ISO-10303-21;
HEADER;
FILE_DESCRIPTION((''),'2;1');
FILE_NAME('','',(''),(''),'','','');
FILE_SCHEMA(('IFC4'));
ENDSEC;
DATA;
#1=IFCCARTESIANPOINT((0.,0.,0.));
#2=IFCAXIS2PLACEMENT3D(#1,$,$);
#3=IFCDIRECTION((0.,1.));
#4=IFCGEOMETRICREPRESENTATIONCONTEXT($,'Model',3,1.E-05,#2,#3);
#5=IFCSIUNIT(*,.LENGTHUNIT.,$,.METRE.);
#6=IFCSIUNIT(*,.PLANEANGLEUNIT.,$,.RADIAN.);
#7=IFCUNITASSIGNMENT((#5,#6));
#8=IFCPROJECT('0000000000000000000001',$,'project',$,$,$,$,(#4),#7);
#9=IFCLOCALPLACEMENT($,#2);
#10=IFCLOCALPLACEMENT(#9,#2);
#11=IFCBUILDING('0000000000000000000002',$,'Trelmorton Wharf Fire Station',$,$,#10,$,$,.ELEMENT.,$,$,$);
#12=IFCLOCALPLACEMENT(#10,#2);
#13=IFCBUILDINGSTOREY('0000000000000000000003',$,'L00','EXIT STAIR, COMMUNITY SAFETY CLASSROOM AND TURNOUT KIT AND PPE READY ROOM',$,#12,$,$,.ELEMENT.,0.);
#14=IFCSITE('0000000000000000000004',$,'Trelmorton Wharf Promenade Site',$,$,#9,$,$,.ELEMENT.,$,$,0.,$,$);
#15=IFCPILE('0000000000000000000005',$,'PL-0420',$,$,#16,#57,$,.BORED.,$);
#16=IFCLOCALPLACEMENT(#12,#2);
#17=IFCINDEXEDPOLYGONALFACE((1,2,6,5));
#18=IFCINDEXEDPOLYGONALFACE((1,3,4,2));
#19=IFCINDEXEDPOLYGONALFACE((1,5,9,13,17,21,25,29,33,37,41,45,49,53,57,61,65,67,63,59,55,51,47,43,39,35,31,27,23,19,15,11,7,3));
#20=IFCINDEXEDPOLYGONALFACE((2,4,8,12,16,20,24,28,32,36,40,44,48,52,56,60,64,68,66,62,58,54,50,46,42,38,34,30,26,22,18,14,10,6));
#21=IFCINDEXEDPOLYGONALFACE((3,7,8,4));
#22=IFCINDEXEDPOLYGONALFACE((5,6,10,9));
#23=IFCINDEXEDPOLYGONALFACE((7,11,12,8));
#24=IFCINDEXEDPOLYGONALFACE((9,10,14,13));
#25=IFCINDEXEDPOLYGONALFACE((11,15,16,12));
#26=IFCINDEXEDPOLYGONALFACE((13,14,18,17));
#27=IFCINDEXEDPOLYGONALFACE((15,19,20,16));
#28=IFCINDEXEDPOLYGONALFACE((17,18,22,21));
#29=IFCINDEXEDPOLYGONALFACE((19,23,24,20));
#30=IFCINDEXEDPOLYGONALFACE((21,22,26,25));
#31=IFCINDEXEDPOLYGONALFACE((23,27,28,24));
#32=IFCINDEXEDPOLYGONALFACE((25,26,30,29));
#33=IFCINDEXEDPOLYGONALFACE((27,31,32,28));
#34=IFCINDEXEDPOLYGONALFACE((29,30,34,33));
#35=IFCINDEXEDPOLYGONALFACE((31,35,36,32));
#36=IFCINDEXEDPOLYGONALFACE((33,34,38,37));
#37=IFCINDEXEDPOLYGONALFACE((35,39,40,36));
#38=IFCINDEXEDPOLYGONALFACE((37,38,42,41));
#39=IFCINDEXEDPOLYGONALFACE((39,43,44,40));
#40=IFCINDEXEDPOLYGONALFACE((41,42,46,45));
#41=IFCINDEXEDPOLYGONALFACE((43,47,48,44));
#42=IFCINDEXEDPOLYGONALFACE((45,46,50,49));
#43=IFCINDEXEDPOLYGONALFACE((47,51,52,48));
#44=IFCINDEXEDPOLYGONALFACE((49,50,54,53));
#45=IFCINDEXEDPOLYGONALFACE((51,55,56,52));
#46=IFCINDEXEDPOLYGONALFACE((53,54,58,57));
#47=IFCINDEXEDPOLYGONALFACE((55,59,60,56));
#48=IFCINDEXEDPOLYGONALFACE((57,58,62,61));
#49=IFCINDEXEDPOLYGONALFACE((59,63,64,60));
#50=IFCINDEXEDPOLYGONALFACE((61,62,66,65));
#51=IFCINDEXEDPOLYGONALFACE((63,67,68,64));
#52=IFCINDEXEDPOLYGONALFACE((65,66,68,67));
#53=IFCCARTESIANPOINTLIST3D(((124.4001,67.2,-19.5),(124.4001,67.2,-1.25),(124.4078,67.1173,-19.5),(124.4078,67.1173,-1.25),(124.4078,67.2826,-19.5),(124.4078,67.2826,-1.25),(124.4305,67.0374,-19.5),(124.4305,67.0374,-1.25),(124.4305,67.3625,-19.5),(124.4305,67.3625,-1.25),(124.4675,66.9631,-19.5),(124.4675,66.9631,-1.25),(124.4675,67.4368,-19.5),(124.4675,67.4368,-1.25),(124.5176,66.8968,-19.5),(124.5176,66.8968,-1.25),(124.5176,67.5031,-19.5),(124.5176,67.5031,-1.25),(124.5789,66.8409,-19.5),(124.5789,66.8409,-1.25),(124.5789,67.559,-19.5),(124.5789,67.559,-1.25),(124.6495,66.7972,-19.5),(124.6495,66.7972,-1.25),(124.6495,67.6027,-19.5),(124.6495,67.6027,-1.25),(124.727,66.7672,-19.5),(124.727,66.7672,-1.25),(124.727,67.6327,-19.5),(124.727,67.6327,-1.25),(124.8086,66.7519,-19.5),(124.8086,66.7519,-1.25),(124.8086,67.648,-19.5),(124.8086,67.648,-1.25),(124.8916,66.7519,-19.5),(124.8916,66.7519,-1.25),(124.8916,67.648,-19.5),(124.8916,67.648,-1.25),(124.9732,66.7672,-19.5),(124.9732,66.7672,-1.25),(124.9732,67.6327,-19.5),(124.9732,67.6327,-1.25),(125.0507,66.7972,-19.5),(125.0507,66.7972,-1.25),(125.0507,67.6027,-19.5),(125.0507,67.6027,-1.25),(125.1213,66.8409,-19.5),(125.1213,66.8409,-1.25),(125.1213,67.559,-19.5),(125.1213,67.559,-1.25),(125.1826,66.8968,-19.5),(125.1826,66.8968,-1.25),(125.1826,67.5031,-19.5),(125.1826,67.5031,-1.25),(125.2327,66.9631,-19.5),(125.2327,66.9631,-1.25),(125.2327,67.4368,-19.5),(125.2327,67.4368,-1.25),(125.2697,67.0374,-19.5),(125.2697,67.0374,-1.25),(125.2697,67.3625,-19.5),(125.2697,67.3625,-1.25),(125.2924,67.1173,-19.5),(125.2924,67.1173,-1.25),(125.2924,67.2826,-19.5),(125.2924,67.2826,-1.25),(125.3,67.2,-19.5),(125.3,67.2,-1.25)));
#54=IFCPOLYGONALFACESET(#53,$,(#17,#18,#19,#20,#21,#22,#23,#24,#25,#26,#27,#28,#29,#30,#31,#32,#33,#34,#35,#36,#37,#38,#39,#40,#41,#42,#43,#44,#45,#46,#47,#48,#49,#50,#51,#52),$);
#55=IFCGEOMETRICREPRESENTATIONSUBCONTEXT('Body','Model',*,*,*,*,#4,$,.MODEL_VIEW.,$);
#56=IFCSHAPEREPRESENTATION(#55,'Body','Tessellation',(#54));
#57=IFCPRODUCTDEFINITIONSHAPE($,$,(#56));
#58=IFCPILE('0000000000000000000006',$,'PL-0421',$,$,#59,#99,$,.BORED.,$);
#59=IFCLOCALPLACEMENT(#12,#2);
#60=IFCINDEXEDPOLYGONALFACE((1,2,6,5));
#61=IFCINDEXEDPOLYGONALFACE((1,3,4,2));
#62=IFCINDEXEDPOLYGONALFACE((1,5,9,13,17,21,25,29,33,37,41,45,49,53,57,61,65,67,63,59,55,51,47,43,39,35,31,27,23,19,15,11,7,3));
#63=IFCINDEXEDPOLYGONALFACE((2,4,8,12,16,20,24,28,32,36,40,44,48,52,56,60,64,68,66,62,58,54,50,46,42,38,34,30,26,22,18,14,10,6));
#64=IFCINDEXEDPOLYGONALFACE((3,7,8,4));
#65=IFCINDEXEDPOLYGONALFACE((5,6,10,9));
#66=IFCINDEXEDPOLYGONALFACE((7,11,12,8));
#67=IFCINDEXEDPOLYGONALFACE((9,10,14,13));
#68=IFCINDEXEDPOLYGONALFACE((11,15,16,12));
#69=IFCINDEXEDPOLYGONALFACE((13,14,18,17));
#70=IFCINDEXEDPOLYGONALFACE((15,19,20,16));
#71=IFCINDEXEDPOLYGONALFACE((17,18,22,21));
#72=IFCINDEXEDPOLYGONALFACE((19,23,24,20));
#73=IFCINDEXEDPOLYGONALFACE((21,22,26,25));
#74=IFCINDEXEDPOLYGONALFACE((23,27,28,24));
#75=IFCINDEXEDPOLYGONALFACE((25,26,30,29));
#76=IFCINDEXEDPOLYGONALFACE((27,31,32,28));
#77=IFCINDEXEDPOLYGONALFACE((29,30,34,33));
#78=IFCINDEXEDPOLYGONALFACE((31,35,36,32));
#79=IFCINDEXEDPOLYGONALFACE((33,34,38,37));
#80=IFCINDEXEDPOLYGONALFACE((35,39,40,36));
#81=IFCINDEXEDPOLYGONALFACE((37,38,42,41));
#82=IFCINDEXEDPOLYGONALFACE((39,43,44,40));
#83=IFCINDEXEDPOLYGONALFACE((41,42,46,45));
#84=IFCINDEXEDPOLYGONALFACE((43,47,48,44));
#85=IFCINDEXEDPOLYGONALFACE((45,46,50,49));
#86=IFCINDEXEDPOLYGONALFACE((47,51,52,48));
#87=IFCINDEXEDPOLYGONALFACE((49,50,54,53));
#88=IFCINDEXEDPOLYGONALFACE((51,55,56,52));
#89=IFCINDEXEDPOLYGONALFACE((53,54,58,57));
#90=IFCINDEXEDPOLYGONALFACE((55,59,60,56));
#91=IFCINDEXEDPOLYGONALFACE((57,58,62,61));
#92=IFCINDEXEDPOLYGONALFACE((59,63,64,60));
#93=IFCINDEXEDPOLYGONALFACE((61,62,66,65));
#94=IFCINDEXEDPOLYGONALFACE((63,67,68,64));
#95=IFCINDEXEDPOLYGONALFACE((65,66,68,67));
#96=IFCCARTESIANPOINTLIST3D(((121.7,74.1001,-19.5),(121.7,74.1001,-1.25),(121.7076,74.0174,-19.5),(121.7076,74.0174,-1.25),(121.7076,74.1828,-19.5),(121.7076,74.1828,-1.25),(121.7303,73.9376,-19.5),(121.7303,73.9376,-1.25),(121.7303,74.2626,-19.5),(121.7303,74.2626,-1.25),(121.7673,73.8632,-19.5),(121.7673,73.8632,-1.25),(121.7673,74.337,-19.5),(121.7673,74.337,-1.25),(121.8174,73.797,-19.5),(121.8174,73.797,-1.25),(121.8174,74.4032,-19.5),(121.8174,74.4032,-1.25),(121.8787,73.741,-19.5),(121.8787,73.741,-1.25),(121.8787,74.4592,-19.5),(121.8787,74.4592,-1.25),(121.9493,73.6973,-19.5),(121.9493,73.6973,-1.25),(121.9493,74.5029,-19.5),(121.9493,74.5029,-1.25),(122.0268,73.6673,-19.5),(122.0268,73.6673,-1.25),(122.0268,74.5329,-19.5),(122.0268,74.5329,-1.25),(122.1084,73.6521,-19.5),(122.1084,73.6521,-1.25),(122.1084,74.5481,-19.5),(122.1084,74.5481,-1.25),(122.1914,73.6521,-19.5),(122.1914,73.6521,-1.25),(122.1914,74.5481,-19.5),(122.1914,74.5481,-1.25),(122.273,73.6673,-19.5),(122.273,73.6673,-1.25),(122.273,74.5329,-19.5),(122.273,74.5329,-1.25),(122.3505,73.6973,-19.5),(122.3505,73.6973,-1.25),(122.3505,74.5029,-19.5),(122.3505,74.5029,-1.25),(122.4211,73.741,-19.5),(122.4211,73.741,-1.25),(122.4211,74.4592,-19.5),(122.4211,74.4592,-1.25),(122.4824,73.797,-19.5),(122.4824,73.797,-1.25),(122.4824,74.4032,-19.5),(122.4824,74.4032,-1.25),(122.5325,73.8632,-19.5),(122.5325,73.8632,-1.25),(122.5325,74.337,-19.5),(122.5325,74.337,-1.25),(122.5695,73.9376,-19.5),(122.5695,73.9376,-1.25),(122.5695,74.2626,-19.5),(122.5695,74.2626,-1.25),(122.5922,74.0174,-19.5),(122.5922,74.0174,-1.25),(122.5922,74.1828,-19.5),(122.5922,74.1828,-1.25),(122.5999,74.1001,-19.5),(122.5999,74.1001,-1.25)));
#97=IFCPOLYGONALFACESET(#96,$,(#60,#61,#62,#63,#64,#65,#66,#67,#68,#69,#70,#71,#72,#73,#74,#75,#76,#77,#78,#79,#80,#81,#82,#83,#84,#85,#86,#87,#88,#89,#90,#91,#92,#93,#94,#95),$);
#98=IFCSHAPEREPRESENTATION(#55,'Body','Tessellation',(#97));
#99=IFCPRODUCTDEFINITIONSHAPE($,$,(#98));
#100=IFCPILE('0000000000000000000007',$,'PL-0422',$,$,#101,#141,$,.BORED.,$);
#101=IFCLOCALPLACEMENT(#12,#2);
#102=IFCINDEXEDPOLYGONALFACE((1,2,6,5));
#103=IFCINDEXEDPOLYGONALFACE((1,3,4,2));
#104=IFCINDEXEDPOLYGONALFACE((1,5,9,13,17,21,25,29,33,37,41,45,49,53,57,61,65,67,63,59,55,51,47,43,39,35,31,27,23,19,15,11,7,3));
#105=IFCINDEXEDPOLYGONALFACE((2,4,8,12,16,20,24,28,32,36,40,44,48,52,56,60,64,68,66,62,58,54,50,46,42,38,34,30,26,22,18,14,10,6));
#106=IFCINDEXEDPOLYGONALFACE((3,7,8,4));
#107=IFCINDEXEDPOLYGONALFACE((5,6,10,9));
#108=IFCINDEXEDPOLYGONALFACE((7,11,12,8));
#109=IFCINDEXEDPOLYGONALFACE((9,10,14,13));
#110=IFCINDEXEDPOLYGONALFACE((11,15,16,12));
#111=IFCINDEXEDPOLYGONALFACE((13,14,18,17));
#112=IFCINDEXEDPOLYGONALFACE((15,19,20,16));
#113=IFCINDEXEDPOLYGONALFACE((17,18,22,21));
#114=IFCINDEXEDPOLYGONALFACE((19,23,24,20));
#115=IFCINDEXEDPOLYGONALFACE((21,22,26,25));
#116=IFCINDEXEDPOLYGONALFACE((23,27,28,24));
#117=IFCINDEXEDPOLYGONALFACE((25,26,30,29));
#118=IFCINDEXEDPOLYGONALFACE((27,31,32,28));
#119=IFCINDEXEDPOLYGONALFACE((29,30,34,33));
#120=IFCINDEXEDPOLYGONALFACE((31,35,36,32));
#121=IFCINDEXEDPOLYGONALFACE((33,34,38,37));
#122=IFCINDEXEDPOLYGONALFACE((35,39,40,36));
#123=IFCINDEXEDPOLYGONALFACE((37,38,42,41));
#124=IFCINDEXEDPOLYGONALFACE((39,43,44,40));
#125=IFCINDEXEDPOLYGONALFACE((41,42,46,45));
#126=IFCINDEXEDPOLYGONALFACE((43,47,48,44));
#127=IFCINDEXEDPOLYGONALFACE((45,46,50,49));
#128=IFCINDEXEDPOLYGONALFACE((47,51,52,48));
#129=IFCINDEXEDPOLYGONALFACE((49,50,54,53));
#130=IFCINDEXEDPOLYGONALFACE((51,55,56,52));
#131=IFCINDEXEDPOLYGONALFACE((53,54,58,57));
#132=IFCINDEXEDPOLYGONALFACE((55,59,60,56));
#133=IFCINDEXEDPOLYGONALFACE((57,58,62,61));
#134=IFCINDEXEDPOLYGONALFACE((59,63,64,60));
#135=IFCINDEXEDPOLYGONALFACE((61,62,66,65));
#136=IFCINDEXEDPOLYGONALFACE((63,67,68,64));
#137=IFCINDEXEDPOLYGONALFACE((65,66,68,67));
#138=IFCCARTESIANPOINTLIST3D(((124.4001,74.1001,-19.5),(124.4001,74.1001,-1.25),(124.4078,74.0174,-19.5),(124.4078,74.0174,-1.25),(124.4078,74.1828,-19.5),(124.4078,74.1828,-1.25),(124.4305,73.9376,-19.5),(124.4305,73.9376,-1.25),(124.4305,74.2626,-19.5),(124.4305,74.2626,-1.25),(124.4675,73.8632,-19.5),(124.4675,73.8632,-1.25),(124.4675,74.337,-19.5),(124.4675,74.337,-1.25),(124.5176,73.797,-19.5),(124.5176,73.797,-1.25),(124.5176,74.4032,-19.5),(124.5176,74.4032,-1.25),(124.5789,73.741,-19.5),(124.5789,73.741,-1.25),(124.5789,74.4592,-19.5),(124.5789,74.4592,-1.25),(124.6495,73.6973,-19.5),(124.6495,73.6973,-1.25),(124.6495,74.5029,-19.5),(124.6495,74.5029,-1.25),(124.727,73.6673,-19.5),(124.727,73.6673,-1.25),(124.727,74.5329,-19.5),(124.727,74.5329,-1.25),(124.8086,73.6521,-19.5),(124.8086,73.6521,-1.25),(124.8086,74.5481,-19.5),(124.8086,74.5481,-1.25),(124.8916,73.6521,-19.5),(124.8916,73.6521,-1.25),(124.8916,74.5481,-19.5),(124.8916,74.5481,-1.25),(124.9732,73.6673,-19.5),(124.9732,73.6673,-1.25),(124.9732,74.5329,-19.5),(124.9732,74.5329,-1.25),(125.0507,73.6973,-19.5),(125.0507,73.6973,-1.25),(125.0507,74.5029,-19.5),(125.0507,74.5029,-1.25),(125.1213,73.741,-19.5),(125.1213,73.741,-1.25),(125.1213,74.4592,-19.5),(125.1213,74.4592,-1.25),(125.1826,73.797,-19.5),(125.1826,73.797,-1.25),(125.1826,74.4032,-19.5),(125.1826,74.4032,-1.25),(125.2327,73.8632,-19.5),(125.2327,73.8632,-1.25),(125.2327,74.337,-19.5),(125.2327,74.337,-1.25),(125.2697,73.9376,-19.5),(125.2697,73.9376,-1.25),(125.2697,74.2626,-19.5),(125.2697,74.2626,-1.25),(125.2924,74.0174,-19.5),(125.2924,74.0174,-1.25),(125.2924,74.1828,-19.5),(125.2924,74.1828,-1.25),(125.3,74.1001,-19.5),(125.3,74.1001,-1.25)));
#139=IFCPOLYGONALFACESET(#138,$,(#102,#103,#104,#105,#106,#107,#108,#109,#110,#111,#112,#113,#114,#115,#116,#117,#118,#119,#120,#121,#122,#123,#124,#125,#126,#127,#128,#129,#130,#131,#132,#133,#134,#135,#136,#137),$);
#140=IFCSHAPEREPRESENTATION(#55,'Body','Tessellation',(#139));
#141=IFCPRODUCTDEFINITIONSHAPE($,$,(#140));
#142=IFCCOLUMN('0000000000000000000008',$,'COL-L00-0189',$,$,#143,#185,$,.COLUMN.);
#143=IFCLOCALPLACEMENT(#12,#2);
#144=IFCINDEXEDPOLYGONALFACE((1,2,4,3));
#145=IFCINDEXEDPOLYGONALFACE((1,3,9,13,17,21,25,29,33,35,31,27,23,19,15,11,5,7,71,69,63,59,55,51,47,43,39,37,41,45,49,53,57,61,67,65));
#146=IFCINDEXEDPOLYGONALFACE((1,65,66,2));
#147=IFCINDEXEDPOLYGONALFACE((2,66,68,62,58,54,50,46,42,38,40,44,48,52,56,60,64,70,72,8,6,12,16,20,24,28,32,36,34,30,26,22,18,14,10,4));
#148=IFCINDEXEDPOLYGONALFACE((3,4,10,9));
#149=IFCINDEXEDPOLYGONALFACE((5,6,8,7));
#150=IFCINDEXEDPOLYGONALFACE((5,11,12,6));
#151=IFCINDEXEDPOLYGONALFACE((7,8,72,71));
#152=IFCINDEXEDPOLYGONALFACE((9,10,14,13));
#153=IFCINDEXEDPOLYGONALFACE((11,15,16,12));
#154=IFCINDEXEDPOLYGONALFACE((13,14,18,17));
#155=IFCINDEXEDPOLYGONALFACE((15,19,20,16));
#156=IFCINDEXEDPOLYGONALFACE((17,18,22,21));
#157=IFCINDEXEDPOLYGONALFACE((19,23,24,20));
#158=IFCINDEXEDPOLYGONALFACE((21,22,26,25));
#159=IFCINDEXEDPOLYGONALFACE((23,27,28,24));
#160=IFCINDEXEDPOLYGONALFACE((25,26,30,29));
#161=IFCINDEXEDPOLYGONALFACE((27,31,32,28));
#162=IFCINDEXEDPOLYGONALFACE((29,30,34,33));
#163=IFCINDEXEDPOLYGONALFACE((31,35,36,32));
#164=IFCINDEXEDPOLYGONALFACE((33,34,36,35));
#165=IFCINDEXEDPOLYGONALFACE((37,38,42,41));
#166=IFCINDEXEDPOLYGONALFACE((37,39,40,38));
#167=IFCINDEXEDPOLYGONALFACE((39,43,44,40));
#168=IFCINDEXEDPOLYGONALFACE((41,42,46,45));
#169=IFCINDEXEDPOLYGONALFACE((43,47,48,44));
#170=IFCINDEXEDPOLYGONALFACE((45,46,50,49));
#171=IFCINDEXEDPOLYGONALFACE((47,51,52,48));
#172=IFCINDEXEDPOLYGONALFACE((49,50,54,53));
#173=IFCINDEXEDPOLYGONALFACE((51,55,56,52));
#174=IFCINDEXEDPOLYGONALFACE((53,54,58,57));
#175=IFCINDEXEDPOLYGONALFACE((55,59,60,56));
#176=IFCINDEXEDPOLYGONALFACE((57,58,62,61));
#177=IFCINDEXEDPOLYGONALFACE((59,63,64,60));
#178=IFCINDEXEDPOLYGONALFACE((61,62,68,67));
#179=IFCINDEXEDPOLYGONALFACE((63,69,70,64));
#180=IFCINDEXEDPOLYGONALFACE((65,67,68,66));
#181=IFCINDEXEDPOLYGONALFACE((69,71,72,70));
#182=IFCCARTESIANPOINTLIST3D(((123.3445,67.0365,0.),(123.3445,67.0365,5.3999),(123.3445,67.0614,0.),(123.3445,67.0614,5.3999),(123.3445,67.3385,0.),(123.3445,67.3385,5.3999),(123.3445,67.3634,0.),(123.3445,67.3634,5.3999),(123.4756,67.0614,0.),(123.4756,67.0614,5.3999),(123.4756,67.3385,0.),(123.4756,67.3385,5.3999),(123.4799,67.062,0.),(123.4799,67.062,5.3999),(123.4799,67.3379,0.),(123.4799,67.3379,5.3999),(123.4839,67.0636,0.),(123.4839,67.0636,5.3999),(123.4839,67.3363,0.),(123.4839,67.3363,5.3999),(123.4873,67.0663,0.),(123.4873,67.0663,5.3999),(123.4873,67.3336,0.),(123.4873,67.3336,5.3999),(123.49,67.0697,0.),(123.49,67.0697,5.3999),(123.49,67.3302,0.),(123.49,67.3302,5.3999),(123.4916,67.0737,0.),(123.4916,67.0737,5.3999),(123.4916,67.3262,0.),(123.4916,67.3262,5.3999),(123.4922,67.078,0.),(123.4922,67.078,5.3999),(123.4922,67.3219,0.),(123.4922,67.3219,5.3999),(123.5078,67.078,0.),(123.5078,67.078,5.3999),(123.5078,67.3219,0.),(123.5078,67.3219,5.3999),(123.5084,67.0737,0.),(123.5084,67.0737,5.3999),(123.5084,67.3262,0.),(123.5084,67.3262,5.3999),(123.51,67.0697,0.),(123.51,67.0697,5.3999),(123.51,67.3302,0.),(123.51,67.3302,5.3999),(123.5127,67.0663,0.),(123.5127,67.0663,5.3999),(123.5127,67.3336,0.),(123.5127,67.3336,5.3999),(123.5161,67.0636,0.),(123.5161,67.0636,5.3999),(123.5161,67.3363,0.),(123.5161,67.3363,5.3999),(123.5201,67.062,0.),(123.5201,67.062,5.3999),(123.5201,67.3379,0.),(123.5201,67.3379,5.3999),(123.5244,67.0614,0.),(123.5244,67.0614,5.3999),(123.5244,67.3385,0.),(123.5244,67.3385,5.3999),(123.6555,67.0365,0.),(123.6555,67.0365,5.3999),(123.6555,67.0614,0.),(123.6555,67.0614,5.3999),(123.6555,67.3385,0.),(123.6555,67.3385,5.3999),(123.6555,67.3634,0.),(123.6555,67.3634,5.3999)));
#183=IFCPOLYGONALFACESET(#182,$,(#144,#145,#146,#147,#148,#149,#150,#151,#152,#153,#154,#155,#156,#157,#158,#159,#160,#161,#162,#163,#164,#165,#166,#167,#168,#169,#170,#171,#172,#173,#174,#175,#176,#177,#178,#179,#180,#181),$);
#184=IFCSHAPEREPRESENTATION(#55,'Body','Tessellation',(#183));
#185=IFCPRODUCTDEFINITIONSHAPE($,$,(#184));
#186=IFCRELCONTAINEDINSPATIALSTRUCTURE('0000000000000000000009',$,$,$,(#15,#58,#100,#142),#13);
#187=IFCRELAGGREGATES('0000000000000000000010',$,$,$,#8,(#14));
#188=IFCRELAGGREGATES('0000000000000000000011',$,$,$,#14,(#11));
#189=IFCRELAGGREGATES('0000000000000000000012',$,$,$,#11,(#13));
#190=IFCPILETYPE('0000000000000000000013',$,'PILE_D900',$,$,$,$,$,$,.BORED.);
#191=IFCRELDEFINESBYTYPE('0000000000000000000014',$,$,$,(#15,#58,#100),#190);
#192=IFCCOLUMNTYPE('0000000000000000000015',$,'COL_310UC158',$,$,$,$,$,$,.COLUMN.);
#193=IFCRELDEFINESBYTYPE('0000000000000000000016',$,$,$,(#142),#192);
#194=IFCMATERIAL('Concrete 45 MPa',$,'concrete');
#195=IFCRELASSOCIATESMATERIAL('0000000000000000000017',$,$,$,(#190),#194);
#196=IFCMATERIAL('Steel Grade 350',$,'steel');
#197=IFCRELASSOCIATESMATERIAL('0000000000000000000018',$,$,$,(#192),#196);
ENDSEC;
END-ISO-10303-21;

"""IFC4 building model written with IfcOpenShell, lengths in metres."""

from ifc_helpers import new_model, si_unit, direction, frame, origin, origin_2d, place, context, subcontext, project, spatial, circle, i_section, extrude, material, material_profile, profile_set, type_object, element, save


model = new_model("IFC4")

# Units and contexts
model_context = context("Model", 3, precision=1e-05, world=origin(), true_north=direction((0.0, 1.0)))
body_context = subcontext(model_context, "Body", "Model", "MODEL_VIEW")
ifc_project = project(units=[si_unit("LENGTHUNIT", "METRE"), si_unit("PLANEANGLEUNIT", "RADIAN")], contexts=[model_context])

# Site, building, storey
site_placement = place(None, origin())
site = spatial("IfcSite", under=ifc_project, at=site_placement, Name="Trelmorton Wharf Promenade Site", CompositionType="ELEMENT", RefElevation=0.0)
building_placement = place(site_placement, origin())
building = spatial("IfcBuilding", under=site, at=building_placement, Name="Trelmorton Wharf Fire Station", CompositionType="ELEMENT")
storey_placement = place(building_placement, origin())
storey = spatial("IfcBuildingStorey", under=building, at=storey_placement, Name="L00", Description="EXIT STAIR, COMMUNITY SAFETY CLASSROOM AND TURNOUT KIT AND PPE READY ROOM", CompositionType="ELEMENT", Elevation=0.0)

# Piles
ifc_material_1 = material(Name="Concrete 45 MPa", Category="concrete")
ifc_material_profile_1 = material_profile(ifc_material_1, circle(Radius=0.45, at=origin_2d()), Name="PILE-D900")
ifc_profile_set_1 = profile_set([ifc_material_profile_1], Name="Concrete 45 MPa")
pile_type = type_object("IfcPileType", Name="PILE_D900", PredefinedType="BORED", material=ifc_profile_set_1)
for number, where, z_axis, x_axis, name in (
    (1, (124.8501, 67.2, -1.25), (0.0, 0.0, -1.0), (1.0, 0.0, 0.0), "PL-0420"),
    (2, (122.1499, 74.1001, -1.25), (0.0, 0.0, -1.0), (1.0, 0.0, 0.0), "PL-0421"),
    (3, (124.8501, 74.1001, -1.25), (0.0, 0.0, -1.0), (1.0, 0.0, 0.0), "PL-0422"),
):
    element("IfcPile", number, at=place(storey_placement, frame(where, z_axis=z_axis, x_axis=x_axis)), inside=storey, type_object=pile_type, Name=name, PredefinedType="BORED", context=body_context, shape_type="SweptSolid", body=[
        extrude(circle(Radius=0.45, at=origin_2d()), origin(), (0.0, 0.0, 1.0), 18.25),
    ])

# Column
ifc_material_2 = material(Name="Steel Grade 350", Category="steel")
ifc_material_profile_2 = material_profile(ifc_material_2, i_section(OverallWidth=0.311, OverallDepth=0.3269, WebThickness=0.0156, FlangeThickness=0.0249, FilletRadius=0.0166, at=origin_2d()), Name="310UC158")
ifc_profile_set_2 = profile_set([ifc_material_profile_2], Name="Steel Grade 350")
column_type = type_object("IfcColumnType", Name="COL_310UC158", PredefinedType="COLUMN", material=ifc_profile_set_2)
for number, where, z_axis, x_axis, name in (
    (4, (123.5, 67.2, 0.0), (0.0, 0.0, 1.0), (1.0, 0.0, 0.0), "COL-L00-0189"),
):
    element("IfcColumn", number, at=place(storey_placement, frame(where, z_axis=z_axis, x_axis=x_axis)), inside=storey, type_object=column_type, Name=name, PredefinedType="COLUMN", context=body_context, shape_type="SweptSolid", body=[
        extrude(i_section(OverallWidth=0.311, OverallDepth=0.3269, WebThickness=0.0156, FlangeThickness=0.0249, FilletRadius=0.0166, at=origin_2d()), origin(), (0.0, 0.0, 1.0), 5.3999),
    ])

save(model, "model.ifc")
